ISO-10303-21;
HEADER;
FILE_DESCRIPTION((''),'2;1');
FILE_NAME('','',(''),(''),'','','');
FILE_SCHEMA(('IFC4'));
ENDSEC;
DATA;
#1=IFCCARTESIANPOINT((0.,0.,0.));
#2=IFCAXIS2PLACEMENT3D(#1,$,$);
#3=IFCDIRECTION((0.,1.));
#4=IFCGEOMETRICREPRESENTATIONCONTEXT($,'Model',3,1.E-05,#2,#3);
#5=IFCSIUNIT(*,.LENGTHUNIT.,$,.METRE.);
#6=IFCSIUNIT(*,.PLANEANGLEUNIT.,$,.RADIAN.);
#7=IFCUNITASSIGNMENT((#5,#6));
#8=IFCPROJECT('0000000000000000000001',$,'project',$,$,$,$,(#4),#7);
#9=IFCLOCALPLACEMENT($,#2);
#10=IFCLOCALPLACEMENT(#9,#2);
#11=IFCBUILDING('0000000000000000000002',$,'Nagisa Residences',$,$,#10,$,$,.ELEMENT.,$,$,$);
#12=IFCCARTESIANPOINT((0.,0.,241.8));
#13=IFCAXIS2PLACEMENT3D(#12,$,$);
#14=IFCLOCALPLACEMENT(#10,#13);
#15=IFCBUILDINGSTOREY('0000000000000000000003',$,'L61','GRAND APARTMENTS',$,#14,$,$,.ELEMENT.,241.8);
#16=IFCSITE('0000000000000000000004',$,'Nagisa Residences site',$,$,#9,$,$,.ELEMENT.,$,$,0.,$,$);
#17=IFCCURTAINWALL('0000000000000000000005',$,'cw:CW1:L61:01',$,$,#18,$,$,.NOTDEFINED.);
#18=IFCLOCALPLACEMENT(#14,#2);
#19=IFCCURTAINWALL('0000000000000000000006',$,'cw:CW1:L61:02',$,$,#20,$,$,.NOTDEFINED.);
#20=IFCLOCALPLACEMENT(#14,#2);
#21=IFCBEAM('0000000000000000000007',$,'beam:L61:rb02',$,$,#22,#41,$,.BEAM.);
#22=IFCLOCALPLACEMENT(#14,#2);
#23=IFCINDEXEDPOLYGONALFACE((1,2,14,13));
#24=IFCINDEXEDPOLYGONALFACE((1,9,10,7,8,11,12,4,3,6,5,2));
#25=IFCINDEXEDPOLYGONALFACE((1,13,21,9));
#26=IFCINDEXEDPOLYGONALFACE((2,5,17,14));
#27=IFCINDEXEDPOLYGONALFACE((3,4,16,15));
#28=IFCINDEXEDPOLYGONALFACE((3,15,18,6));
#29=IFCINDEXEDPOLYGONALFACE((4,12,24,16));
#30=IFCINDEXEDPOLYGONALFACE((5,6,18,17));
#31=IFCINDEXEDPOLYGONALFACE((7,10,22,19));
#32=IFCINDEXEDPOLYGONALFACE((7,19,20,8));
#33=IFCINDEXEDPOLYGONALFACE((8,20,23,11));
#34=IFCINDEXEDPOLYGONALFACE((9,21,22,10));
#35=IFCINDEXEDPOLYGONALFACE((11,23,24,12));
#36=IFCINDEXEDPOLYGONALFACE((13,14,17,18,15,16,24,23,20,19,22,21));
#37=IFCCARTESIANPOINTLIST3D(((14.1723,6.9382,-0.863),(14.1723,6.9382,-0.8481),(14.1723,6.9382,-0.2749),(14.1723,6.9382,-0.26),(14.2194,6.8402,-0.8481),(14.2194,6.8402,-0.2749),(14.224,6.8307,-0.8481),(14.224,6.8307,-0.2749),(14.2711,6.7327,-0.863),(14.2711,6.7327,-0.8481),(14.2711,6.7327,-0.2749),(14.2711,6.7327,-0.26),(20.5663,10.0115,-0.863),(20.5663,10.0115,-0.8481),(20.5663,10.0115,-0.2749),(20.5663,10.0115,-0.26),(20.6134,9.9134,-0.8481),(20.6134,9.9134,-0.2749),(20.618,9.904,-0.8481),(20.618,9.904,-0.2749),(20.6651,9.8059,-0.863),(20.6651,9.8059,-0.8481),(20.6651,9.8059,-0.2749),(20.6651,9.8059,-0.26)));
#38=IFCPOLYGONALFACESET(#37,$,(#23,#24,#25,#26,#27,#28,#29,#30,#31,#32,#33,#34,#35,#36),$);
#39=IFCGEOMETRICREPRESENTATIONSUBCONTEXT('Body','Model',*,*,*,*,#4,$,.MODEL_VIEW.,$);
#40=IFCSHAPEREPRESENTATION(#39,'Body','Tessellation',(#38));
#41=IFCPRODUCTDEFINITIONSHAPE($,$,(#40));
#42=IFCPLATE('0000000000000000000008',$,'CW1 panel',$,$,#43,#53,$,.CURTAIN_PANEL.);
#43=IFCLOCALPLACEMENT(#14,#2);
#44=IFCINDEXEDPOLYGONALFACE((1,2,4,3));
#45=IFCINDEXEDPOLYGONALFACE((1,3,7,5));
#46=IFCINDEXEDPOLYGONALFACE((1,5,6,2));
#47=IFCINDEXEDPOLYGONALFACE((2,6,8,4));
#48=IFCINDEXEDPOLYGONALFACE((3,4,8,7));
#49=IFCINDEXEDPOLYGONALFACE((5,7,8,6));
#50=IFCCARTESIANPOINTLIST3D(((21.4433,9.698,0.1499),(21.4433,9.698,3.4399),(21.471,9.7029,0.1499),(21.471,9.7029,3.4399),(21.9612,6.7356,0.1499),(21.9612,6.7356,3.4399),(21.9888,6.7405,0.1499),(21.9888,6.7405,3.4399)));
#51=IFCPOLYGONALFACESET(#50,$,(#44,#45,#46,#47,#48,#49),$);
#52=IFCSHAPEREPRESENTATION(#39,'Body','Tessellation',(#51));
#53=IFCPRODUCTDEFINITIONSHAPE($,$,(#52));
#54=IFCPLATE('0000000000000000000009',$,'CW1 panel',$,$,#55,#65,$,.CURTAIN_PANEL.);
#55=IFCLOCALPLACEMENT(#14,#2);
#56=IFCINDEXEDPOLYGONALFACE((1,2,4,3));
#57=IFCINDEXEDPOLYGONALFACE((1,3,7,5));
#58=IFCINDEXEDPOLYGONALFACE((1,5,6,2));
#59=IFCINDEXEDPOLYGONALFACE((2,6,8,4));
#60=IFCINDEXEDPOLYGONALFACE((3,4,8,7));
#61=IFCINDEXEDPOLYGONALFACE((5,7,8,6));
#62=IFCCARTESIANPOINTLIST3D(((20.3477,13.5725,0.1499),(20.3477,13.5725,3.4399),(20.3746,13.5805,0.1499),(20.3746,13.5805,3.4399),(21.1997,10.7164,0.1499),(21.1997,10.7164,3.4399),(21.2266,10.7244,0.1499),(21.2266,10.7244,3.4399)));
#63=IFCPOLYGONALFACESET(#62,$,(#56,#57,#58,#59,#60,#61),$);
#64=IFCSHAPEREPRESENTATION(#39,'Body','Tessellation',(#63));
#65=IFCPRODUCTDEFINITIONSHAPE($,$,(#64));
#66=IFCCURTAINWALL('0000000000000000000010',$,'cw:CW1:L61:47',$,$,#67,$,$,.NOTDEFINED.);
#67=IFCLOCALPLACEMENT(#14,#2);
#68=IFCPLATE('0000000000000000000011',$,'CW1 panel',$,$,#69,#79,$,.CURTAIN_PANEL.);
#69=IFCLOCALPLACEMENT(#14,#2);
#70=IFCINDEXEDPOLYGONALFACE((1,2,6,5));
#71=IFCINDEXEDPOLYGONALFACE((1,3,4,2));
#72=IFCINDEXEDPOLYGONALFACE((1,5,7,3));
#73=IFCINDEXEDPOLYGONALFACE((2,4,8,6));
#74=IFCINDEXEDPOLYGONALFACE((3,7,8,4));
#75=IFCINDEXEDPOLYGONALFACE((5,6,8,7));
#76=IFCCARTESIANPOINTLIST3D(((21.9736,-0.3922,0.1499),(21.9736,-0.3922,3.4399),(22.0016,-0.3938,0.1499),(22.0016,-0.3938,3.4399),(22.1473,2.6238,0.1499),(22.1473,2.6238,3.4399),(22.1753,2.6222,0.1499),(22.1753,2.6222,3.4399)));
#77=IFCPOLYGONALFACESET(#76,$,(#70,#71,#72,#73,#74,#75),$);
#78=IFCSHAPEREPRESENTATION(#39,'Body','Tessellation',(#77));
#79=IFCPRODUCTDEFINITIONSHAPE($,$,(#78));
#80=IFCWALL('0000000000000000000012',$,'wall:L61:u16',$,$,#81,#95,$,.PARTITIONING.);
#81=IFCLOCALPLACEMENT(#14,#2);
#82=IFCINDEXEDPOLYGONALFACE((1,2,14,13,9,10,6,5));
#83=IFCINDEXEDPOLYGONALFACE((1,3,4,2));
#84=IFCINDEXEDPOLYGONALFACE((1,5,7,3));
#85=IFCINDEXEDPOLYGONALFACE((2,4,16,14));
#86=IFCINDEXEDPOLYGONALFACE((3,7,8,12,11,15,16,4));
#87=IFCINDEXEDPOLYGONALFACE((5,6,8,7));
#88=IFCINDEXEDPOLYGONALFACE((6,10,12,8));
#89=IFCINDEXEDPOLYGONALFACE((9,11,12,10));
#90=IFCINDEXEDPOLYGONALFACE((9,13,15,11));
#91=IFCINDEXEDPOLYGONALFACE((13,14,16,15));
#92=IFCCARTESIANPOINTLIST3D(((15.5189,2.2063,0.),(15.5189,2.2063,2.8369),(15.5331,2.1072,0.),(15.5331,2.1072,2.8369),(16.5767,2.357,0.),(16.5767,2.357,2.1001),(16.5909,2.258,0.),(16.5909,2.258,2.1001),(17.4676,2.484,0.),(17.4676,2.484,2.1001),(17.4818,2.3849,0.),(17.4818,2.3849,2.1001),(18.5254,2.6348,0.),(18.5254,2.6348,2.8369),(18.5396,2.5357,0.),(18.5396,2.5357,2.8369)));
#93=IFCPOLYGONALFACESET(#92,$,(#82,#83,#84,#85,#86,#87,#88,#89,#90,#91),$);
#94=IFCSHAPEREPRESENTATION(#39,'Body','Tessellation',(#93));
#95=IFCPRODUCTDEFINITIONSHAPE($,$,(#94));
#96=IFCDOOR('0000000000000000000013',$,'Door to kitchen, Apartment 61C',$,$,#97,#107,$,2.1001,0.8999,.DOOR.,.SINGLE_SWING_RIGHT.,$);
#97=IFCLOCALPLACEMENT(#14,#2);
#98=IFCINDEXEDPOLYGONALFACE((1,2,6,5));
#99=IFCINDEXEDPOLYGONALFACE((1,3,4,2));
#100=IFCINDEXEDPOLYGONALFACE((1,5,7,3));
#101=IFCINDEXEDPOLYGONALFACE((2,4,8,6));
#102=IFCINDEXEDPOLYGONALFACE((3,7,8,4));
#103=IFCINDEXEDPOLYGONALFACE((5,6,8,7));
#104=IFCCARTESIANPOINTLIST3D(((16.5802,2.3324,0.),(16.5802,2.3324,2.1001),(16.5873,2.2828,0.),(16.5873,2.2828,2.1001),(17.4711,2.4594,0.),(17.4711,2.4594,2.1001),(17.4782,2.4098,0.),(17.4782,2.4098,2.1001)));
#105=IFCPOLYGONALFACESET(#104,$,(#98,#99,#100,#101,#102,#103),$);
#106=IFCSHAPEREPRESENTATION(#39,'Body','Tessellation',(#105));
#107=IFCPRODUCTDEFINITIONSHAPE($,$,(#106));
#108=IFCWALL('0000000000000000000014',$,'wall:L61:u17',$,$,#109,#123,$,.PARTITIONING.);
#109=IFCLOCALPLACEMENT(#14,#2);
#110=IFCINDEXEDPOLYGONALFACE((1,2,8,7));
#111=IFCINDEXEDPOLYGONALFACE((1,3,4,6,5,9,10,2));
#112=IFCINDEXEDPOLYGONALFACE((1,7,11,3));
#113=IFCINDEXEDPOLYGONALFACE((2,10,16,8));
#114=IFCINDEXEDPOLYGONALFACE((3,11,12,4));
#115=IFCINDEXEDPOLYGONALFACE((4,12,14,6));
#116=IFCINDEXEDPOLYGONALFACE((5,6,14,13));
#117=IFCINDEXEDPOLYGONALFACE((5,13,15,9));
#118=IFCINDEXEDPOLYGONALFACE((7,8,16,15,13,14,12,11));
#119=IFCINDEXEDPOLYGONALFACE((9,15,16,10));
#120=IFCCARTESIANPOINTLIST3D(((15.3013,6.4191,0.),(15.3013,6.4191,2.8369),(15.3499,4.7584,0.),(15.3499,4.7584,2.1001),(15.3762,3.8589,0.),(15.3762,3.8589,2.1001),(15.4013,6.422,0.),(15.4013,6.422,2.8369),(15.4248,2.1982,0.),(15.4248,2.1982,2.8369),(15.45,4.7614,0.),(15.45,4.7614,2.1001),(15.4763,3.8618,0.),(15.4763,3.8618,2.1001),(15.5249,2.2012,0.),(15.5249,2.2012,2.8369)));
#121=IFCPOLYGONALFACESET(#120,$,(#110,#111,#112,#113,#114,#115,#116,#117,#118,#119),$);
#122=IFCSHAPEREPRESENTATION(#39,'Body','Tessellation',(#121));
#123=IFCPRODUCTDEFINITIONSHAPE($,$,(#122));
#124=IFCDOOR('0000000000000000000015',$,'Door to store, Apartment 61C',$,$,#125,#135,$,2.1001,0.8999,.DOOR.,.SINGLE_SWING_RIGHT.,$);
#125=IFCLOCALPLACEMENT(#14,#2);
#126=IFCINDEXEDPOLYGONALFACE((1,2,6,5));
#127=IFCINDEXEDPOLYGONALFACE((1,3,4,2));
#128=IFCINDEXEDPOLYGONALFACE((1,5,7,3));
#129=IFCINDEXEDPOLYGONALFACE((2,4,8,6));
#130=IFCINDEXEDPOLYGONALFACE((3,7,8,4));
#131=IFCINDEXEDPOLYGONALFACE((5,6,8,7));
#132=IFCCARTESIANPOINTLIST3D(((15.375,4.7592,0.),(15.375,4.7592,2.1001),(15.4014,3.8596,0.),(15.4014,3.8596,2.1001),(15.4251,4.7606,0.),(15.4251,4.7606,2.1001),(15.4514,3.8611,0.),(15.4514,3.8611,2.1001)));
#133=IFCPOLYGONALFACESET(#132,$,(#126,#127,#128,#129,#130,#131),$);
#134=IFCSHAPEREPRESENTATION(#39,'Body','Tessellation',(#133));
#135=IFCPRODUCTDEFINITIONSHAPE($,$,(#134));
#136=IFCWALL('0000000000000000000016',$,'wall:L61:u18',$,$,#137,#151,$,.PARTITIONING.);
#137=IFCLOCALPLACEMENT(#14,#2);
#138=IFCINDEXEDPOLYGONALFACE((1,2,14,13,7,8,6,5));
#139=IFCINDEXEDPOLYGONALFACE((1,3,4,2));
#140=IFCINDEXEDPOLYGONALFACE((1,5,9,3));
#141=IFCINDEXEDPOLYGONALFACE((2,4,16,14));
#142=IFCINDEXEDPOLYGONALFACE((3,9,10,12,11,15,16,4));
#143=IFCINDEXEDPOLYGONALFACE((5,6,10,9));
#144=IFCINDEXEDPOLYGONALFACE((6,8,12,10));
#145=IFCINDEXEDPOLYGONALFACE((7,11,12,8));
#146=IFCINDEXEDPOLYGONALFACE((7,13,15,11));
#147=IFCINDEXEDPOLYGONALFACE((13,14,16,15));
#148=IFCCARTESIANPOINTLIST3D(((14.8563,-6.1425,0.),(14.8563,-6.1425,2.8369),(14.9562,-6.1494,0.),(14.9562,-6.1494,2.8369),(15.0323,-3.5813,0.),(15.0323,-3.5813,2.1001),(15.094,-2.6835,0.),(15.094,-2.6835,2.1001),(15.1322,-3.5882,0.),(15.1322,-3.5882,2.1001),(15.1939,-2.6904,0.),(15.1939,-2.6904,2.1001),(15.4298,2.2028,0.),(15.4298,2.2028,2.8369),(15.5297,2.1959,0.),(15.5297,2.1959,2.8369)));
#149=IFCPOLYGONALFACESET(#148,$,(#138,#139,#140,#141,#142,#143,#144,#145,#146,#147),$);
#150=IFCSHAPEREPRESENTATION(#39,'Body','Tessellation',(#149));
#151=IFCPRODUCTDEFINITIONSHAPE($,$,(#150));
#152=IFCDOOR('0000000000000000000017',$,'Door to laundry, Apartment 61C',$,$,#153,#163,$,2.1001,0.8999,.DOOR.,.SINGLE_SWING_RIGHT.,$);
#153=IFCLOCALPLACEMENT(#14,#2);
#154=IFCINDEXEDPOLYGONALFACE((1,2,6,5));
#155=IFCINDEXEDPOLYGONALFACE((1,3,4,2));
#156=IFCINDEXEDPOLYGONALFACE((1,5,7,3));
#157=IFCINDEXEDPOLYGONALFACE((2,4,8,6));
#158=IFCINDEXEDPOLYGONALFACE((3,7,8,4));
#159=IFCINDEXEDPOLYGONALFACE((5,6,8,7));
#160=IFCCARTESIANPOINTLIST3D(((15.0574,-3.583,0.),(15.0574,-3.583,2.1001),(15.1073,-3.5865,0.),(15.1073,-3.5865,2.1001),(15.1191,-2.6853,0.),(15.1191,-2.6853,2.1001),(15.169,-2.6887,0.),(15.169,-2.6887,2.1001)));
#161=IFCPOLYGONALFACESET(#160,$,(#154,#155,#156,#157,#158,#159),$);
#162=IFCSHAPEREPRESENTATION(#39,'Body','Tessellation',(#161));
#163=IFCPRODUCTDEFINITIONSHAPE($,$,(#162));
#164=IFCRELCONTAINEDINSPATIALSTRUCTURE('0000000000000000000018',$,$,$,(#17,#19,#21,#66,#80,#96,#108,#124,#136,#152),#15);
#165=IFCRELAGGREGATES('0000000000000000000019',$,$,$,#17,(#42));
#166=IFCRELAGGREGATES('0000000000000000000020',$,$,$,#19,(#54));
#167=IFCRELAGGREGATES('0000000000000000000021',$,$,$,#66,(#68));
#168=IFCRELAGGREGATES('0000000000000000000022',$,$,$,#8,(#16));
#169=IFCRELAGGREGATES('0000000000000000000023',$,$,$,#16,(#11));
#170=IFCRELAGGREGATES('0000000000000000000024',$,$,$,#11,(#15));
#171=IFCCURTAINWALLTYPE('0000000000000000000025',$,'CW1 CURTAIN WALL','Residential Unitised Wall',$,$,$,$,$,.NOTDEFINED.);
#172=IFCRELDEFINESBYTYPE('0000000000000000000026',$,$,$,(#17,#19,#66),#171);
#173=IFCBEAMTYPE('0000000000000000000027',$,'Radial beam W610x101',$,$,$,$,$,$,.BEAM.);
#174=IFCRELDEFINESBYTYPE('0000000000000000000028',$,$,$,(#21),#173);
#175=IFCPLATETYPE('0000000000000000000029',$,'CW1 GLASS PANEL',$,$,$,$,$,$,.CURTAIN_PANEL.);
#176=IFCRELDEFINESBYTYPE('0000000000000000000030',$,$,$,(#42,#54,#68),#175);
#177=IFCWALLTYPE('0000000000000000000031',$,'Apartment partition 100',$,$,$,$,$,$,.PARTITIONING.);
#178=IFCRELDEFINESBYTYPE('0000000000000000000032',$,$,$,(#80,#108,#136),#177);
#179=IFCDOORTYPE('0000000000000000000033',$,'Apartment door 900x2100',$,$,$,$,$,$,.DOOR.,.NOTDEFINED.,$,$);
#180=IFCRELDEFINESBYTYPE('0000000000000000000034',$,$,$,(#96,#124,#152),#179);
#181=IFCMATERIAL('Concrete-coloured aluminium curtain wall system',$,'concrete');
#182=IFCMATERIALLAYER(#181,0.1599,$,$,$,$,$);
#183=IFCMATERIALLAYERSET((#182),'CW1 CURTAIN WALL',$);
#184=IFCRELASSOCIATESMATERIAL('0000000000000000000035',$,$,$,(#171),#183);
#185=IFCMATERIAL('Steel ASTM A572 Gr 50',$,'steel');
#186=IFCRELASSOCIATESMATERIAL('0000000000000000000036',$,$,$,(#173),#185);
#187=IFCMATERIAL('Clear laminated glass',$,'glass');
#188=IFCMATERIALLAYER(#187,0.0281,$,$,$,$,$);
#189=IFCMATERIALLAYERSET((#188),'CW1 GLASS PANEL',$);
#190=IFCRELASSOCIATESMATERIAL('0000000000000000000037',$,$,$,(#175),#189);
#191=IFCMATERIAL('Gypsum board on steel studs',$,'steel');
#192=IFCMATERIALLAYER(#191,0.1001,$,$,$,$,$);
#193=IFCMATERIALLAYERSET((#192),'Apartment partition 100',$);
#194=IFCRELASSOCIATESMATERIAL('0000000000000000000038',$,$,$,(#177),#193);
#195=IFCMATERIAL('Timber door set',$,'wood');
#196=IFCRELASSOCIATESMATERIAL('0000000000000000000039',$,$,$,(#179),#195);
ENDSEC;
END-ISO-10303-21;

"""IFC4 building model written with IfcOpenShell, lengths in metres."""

from ifc_helpers import new_model, si_unit, direction, frame, frame_2d, origin, origin_2d, place, context, subcontext, project, spatial, rectangle, i_section, extrude, material, layer, layer_set, material_profile, profile_set, type_object, element, fill, aggregate, save


model = new_model("IFC4")

# Units and contexts
model_context = context("Model", 3, precision=1e-05, world=origin(), true_north=direction((0.0, 1.0)))
body_context = subcontext(model_context, "Body", "Model", "MODEL_VIEW")
ifc_project = project(units=[si_unit("LENGTHUNIT", "METRE"), si_unit("PLANEANGLEUNIT", "RADIAN")], contexts=[model_context])

# Site, building, storey
site_placement = place(None, origin())
site = spatial("IfcSite", under=ifc_project, at=site_placement, Name="Nagisa Residences site", CompositionType="ELEMENT", RefElevation=0.0)
building_placement = place(site_placement, origin())
building = spatial("IfcBuilding", under=site, at=building_placement, Name="Nagisa Residences", CompositionType="ELEMENT")
storey_placement = place(building_placement, frame((0.0, 0.0, 241.8)))
storey = spatial("IfcBuildingStorey", under=building, at=storey_placement, Name="L61", Description="GRAND APARTMENTS", CompositionType="ELEMENT", Elevation=241.8)

# Curtain walls
ifc_material_1 = material(Name="Concrete-coloured aluminium curtain wall system", Category="concrete")
ifc_layer_1 = layer(ifc_material_1, 0.1599)
ifc_layer_set_1 = layer_set([ifc_layer_1], Name="CW1 CURTAIN WALL")
curtain_wall_type = type_object("IfcCurtainWallType", Name="CW1 CURTAIN WALL", Description="Residential Unitised Wall", PredefinedType="NOTDEFINED", material=ifc_layer_set_1)
curtain_wall_1_placement = place(storey_placement, origin())
curtain_wall_1 = element("IfcCurtainWall", 1, at=curtain_wall_1_placement, inside=storey, type_object=curtain_wall_type, Name="cw:CW1:L61:01", PredefinedType="NOTDEFINED")
curtain_wall_2_placement = place(storey_placement, origin())
curtain_wall_2 = element("IfcCurtainWall", 2, at=curtain_wall_2_placement, inside=storey, type_object=curtain_wall_type, Name="cw:CW1:L61:02", PredefinedType="NOTDEFINED")

# Beam
ifc_material_2 = material(Name="Steel ASTM A572 Gr 50", Category="steel")
ifc_material_profile_1 = material_profile(ifc_material_2, i_section(OverallWidth=0.228, OverallDepth=0.603, WebThickness=0.0105, FlangeThickness=0.0149, at=origin_2d()), Name="W610x101")
ifc_profile_set_1 = profile_set([ifc_material_profile_1], Name="Steel ASTM A572 Gr 50")
beam_type_1 = type_object("IfcBeamType", Name="Radial beam W610x101", PredefinedType="BEAM", material=ifc_profile_set_1)
beam_1_placement = place(storey_placement, frame((20.6157, 9.9087, -0.5615), z_axis=(-0.901297, -0.433201, 0.0), x_axis=(0.433201, -0.901297, 0.0)))
element("IfcBeam", 3, at=beam_1_placement, inside=storey, type_object=beam_type_1, Name="beam:L61:rb02", PredefinedType="BEAM", context=body_context, shape_type="SweptSolid", body=[
    extrude(i_section(OverallWidth=0.228, OverallDepth=0.603, WebThickness=0.0105, FlangeThickness=0.0149, at=origin_2d()), origin(), (0.0, 0.0, 1.0), 7.0942),
])

# Plates
ifc_material_3 = material(Name="Clear laminated glass", Category="glass")
ifc_layer_2 = layer(ifc_material_3, 0.0281)
ifc_layer_set_2 = layer_set([ifc_layer_2], Name="CW1 GLASS PANEL")
plate_type = type_object("IfcPlateType", Name="CW1 GLASS PANEL", PredefinedType="CURTAIN_PANEL", material=ifc_layer_set_2)
plate_1_placement = place(storey_placement, frame((21.7161, 8.2192, 0.1499), z_axis=(0.0, 0.0, 1.0), x_axis=(-0.172191, 0.985064, 0.0)))
plate_1 = element("IfcPlate", 4, at=plate_1_placement, type_object=plate_type, Name="CW1 panel", PredefinedType="CURTAIN_PANEL", context=body_context, shape_type="SweptSolid", body=[
    extrude(rectangle(XDim=3.0073, YDim=0.0281, at=origin_2d()), origin(), (0.0, 0.0, 1.0), 3.29),
])
aggregate(curtain_wall_1, [plate_1])
plate_2_placement = place(storey_placement, frame((20.7871, 12.1484, 0.1499), z_axis=(0.0, 0.0, 1.0), x_axis=(-0.28586, 0.958271, 0.0)))
plate_2 = element("IfcPlate", 5, at=plate_2_placement, type_object=plate_type, Name="CW1 panel", PredefinedType="CURTAIN_PANEL", context=body_context, shape_type="SweptSolid", body=[
    extrude(rectangle(XDim=2.9805, YDim=0.0281, at=origin_2d()), origin(), (0.0, 0.0, 1.0), 3.29),
])
aggregate(curtain_wall_2, [plate_2])

# Curtain wall, plate
curtain_wall_3_placement = place(storey_placement, origin())
curtain_wall_3 = element("IfcCurtainWall", 6, at=curtain_wall_3_placement, inside=storey, type_object=curtain_wall_type, Name="cw:CW1:L61:47", PredefinedType="NOTDEFINED")
plate_3_placement = place(storey_placement, frame((22.0745, 1.115, 0.1499), z_axis=(0.0, 0.0, 1.0), x_axis=(0.057503, 0.998345, 0.0)))
plate_3 = element("IfcPlate", 7, at=plate_3_placement, type_object=plate_type, Name="CW1 panel", PredefinedType="CURTAIN_PANEL", context=body_context, shape_type="SweptSolid", body=[
    extrude(rectangle(XDim=3.021, YDim=0.0281, at=origin_2d()), origin(), (0.0, 0.0, 1.0), 3.29),
])
aggregate(curtain_wall_3, [plate_3])

# Walls, openings, doors
ifc_material_4 = material(Name="Gypsum board on steel studs", Category="steel")
ifc_layer_3 = layer(ifc_material_4, 0.1001)
ifc_layer_set_3 = layer_set([ifc_layer_3], Name="Apartment partition 100")
wall_type_1 = type_object("IfcWallType", Name="Apartment partition 100", PredefinedType="PARTITIONING", material=ifc_layer_set_3)
wall_1_placement = place(storey_placement, frame((15.5259, 2.1567, 0.0), z_axis=(0.0, 0.0, 1.0), x_axis=(0.989998, 0.141084, 0.0)))
wall_1 = element("IfcWall", 8, at=wall_1_placement, inside=storey, type_object=wall_type_1, Name="wall:L61:u16", PredefinedType="PARTITIONING", context=body_context, shape_type="SweptSolid", body=[
    extrude(rectangle(XDim=3.0369, YDim=0.1001, at=frame_2d((1.5186, 0.0))), origin(), (0.0, 0.0, 1.0), 2.8369),
])
opening_1_placement = place(wall_1_placement, frame((1.0686, 0.0, 0.0)))
opening_1 = element("IfcOpeningElement", 9, at=opening_1_placement, cuts=wall_1, PredefinedType="OPENING", context=body_context, shape_type="SweptSolid", body=[
    extrude(rectangle(XDim=0.8999, YDim=2.1001, at=frame_2d((0.45, 1.05))), frame((0.0, 0.0601, 0.0), z_axis=(0.0, -1.0, 0.0), x_axis=(1.0, 0.0, 0.0)), (0.0, 0.0, 1.0), 0.1201),
])
ifc_material_5 = material(Name="Timber door set", Category="wood")
door_type_1 = type_object("IfcDoorType", Name="Apartment door 900x2100", OperationType="NOTDEFINED", PredefinedType="DOOR", material=ifc_material_5)
door_1_placement = place(opening_1_placement, frame((0.8999, 0.0, 0.0), x_axis=(-1.0, 0.0, 0.0)))
door_1 = element("IfcDoor", 10, at=door_1_placement, inside=storey, type_object=door_type_1, Name="Door to kitchen, Apartment 61C", OperationType="SINGLE_SWING_RIGHT", OverallHeight=2.1001, OverallWidth=0.8999, PredefinedType="DOOR", context=body_context, shape_type="SweptSolid", body=[
    extrude(rectangle(XDim=0.8999, YDim=2.1001, at=frame_2d((0.45, 1.05))), frame((0.0, 0.0249, 0.0), z_axis=(0.0, -1.0, 0.0), x_axis=(1.0, 0.0, 0.0)), (0.0, 0.0, 1.0), 0.05),
])
fill(opening_1, door_1)
wall_2_placement = place(storey_placement, frame((15.4749, 2.1997, 0.0), z_axis=(0.0, 0.0, 1.0), x_axis=(-0.029255, 0.999572, 0.0)))
wall_2 = element("IfcWall", 11, at=wall_2_placement, inside=storey, type_object=wall_type_1, Name="wall:L61:u17", PredefinedType="PARTITIONING", context=body_context, shape_type="SweptSolid", body=[
    extrude(rectangle(XDim=4.2227, YDim=0.1001, at=frame_2d((2.1113, 0.0))), origin(), (0.0, 0.0, 1.0), 2.8369),
])
opening_2_placement = place(wall_2_placement, frame((1.6614, 0.0, 0.0)))
opening_2 = element("IfcOpeningElement", 12, at=opening_2_placement, cuts=wall_2, PredefinedType="OPENING", context=body_context, shape_type="SweptSolid", body=[
    extrude(rectangle(XDim=0.8999, YDim=2.1001, at=frame_2d((0.45, 1.05))), frame((0.0, 0.0601, 0.0), z_axis=(0.0, -1.0, 0.0), x_axis=(1.0, 0.0, 0.0)), (0.0, 0.0, 1.0), 0.1201),
])
door_2_placement = place(opening_2_placement, origin())
door_2 = element("IfcDoor", 13, at=door_2_placement, inside=storey, type_object=door_type_1, Name="Door to store, Apartment 61C", OperationType="SINGLE_SWING_RIGHT", OverallHeight=2.1001, OverallWidth=0.8999, PredefinedType="DOOR", context=body_context, shape_type="SweptSolid", body=[
    extrude(rectangle(XDim=0.8999, YDim=2.1001, at=frame_2d((0.45, 1.05))), frame((0.0, 0.0249, 0.0), z_axis=(0.0, -1.0, 0.0), x_axis=(1.0, 0.0, 0.0)), (0.0, 0.0, 1.0), 0.05),
])
fill(opening_2, door_2)
wall_3_placement = place(storey_placement, frame((15.4797, 2.1995, 0.0), z_axis=(0.0, 0.0, 1.0), x_axis=(-0.068559, -0.997647, 0.0)))
wall_3 = element("IfcWall", 14, at=wall_3_placement, inside=storey, type_object=wall_type_1, Name="wall:L61:u18", PredefinedType="PARTITIONING", context=body_context, shape_type="SweptSolid", body=[
    extrude(rectangle(XDim=8.365, YDim=0.1001, at=frame_2d((4.1826, 0.0))), origin(), (0.0, 0.0, 1.0), 2.8369),
])
opening_3_placement = place(wall_3_placement, frame((4.8979, 0.0, 0.0)))
opening_3 = element("IfcOpeningElement", 15, at=opening_3_placement, cuts=wall_3, PredefinedType="OPENING", context=body_context, shape_type="SweptSolid", body=[
    extrude(rectangle(XDim=0.8999, YDim=2.1001, at=frame_2d((0.45, 1.05))), frame((0.0, 0.0601, 0.0), z_axis=(0.0, -1.0, 0.0), x_axis=(1.0, 0.0, 0.0)), (0.0, 0.0, 1.0), 0.1201),
])
door_3_placement = place(opening_3_placement, frame((0.8999, 0.0, 0.0), x_axis=(-1.0, 0.0, 0.0)))
door_3 = element("IfcDoor", 16, at=door_3_placement, inside=storey, type_object=door_type_1, Name="Door to laundry, Apartment 61C", OperationType="SINGLE_SWING_RIGHT", OverallHeight=2.1001, OverallWidth=0.8999, PredefinedType="DOOR", context=body_context, shape_type="SweptSolid", body=[
    extrude(rectangle(XDim=0.8999, YDim=2.1001, at=frame_2d((0.45, 1.05))), frame((0.0, 0.0249, 0.0), z_axis=(0.0, -1.0, 0.0), x_axis=(1.0, 0.0, 0.0)), (0.0, 0.0, 1.0), 0.05),
])
fill(opening_3, door_3)

save(model, "model.ifc")
